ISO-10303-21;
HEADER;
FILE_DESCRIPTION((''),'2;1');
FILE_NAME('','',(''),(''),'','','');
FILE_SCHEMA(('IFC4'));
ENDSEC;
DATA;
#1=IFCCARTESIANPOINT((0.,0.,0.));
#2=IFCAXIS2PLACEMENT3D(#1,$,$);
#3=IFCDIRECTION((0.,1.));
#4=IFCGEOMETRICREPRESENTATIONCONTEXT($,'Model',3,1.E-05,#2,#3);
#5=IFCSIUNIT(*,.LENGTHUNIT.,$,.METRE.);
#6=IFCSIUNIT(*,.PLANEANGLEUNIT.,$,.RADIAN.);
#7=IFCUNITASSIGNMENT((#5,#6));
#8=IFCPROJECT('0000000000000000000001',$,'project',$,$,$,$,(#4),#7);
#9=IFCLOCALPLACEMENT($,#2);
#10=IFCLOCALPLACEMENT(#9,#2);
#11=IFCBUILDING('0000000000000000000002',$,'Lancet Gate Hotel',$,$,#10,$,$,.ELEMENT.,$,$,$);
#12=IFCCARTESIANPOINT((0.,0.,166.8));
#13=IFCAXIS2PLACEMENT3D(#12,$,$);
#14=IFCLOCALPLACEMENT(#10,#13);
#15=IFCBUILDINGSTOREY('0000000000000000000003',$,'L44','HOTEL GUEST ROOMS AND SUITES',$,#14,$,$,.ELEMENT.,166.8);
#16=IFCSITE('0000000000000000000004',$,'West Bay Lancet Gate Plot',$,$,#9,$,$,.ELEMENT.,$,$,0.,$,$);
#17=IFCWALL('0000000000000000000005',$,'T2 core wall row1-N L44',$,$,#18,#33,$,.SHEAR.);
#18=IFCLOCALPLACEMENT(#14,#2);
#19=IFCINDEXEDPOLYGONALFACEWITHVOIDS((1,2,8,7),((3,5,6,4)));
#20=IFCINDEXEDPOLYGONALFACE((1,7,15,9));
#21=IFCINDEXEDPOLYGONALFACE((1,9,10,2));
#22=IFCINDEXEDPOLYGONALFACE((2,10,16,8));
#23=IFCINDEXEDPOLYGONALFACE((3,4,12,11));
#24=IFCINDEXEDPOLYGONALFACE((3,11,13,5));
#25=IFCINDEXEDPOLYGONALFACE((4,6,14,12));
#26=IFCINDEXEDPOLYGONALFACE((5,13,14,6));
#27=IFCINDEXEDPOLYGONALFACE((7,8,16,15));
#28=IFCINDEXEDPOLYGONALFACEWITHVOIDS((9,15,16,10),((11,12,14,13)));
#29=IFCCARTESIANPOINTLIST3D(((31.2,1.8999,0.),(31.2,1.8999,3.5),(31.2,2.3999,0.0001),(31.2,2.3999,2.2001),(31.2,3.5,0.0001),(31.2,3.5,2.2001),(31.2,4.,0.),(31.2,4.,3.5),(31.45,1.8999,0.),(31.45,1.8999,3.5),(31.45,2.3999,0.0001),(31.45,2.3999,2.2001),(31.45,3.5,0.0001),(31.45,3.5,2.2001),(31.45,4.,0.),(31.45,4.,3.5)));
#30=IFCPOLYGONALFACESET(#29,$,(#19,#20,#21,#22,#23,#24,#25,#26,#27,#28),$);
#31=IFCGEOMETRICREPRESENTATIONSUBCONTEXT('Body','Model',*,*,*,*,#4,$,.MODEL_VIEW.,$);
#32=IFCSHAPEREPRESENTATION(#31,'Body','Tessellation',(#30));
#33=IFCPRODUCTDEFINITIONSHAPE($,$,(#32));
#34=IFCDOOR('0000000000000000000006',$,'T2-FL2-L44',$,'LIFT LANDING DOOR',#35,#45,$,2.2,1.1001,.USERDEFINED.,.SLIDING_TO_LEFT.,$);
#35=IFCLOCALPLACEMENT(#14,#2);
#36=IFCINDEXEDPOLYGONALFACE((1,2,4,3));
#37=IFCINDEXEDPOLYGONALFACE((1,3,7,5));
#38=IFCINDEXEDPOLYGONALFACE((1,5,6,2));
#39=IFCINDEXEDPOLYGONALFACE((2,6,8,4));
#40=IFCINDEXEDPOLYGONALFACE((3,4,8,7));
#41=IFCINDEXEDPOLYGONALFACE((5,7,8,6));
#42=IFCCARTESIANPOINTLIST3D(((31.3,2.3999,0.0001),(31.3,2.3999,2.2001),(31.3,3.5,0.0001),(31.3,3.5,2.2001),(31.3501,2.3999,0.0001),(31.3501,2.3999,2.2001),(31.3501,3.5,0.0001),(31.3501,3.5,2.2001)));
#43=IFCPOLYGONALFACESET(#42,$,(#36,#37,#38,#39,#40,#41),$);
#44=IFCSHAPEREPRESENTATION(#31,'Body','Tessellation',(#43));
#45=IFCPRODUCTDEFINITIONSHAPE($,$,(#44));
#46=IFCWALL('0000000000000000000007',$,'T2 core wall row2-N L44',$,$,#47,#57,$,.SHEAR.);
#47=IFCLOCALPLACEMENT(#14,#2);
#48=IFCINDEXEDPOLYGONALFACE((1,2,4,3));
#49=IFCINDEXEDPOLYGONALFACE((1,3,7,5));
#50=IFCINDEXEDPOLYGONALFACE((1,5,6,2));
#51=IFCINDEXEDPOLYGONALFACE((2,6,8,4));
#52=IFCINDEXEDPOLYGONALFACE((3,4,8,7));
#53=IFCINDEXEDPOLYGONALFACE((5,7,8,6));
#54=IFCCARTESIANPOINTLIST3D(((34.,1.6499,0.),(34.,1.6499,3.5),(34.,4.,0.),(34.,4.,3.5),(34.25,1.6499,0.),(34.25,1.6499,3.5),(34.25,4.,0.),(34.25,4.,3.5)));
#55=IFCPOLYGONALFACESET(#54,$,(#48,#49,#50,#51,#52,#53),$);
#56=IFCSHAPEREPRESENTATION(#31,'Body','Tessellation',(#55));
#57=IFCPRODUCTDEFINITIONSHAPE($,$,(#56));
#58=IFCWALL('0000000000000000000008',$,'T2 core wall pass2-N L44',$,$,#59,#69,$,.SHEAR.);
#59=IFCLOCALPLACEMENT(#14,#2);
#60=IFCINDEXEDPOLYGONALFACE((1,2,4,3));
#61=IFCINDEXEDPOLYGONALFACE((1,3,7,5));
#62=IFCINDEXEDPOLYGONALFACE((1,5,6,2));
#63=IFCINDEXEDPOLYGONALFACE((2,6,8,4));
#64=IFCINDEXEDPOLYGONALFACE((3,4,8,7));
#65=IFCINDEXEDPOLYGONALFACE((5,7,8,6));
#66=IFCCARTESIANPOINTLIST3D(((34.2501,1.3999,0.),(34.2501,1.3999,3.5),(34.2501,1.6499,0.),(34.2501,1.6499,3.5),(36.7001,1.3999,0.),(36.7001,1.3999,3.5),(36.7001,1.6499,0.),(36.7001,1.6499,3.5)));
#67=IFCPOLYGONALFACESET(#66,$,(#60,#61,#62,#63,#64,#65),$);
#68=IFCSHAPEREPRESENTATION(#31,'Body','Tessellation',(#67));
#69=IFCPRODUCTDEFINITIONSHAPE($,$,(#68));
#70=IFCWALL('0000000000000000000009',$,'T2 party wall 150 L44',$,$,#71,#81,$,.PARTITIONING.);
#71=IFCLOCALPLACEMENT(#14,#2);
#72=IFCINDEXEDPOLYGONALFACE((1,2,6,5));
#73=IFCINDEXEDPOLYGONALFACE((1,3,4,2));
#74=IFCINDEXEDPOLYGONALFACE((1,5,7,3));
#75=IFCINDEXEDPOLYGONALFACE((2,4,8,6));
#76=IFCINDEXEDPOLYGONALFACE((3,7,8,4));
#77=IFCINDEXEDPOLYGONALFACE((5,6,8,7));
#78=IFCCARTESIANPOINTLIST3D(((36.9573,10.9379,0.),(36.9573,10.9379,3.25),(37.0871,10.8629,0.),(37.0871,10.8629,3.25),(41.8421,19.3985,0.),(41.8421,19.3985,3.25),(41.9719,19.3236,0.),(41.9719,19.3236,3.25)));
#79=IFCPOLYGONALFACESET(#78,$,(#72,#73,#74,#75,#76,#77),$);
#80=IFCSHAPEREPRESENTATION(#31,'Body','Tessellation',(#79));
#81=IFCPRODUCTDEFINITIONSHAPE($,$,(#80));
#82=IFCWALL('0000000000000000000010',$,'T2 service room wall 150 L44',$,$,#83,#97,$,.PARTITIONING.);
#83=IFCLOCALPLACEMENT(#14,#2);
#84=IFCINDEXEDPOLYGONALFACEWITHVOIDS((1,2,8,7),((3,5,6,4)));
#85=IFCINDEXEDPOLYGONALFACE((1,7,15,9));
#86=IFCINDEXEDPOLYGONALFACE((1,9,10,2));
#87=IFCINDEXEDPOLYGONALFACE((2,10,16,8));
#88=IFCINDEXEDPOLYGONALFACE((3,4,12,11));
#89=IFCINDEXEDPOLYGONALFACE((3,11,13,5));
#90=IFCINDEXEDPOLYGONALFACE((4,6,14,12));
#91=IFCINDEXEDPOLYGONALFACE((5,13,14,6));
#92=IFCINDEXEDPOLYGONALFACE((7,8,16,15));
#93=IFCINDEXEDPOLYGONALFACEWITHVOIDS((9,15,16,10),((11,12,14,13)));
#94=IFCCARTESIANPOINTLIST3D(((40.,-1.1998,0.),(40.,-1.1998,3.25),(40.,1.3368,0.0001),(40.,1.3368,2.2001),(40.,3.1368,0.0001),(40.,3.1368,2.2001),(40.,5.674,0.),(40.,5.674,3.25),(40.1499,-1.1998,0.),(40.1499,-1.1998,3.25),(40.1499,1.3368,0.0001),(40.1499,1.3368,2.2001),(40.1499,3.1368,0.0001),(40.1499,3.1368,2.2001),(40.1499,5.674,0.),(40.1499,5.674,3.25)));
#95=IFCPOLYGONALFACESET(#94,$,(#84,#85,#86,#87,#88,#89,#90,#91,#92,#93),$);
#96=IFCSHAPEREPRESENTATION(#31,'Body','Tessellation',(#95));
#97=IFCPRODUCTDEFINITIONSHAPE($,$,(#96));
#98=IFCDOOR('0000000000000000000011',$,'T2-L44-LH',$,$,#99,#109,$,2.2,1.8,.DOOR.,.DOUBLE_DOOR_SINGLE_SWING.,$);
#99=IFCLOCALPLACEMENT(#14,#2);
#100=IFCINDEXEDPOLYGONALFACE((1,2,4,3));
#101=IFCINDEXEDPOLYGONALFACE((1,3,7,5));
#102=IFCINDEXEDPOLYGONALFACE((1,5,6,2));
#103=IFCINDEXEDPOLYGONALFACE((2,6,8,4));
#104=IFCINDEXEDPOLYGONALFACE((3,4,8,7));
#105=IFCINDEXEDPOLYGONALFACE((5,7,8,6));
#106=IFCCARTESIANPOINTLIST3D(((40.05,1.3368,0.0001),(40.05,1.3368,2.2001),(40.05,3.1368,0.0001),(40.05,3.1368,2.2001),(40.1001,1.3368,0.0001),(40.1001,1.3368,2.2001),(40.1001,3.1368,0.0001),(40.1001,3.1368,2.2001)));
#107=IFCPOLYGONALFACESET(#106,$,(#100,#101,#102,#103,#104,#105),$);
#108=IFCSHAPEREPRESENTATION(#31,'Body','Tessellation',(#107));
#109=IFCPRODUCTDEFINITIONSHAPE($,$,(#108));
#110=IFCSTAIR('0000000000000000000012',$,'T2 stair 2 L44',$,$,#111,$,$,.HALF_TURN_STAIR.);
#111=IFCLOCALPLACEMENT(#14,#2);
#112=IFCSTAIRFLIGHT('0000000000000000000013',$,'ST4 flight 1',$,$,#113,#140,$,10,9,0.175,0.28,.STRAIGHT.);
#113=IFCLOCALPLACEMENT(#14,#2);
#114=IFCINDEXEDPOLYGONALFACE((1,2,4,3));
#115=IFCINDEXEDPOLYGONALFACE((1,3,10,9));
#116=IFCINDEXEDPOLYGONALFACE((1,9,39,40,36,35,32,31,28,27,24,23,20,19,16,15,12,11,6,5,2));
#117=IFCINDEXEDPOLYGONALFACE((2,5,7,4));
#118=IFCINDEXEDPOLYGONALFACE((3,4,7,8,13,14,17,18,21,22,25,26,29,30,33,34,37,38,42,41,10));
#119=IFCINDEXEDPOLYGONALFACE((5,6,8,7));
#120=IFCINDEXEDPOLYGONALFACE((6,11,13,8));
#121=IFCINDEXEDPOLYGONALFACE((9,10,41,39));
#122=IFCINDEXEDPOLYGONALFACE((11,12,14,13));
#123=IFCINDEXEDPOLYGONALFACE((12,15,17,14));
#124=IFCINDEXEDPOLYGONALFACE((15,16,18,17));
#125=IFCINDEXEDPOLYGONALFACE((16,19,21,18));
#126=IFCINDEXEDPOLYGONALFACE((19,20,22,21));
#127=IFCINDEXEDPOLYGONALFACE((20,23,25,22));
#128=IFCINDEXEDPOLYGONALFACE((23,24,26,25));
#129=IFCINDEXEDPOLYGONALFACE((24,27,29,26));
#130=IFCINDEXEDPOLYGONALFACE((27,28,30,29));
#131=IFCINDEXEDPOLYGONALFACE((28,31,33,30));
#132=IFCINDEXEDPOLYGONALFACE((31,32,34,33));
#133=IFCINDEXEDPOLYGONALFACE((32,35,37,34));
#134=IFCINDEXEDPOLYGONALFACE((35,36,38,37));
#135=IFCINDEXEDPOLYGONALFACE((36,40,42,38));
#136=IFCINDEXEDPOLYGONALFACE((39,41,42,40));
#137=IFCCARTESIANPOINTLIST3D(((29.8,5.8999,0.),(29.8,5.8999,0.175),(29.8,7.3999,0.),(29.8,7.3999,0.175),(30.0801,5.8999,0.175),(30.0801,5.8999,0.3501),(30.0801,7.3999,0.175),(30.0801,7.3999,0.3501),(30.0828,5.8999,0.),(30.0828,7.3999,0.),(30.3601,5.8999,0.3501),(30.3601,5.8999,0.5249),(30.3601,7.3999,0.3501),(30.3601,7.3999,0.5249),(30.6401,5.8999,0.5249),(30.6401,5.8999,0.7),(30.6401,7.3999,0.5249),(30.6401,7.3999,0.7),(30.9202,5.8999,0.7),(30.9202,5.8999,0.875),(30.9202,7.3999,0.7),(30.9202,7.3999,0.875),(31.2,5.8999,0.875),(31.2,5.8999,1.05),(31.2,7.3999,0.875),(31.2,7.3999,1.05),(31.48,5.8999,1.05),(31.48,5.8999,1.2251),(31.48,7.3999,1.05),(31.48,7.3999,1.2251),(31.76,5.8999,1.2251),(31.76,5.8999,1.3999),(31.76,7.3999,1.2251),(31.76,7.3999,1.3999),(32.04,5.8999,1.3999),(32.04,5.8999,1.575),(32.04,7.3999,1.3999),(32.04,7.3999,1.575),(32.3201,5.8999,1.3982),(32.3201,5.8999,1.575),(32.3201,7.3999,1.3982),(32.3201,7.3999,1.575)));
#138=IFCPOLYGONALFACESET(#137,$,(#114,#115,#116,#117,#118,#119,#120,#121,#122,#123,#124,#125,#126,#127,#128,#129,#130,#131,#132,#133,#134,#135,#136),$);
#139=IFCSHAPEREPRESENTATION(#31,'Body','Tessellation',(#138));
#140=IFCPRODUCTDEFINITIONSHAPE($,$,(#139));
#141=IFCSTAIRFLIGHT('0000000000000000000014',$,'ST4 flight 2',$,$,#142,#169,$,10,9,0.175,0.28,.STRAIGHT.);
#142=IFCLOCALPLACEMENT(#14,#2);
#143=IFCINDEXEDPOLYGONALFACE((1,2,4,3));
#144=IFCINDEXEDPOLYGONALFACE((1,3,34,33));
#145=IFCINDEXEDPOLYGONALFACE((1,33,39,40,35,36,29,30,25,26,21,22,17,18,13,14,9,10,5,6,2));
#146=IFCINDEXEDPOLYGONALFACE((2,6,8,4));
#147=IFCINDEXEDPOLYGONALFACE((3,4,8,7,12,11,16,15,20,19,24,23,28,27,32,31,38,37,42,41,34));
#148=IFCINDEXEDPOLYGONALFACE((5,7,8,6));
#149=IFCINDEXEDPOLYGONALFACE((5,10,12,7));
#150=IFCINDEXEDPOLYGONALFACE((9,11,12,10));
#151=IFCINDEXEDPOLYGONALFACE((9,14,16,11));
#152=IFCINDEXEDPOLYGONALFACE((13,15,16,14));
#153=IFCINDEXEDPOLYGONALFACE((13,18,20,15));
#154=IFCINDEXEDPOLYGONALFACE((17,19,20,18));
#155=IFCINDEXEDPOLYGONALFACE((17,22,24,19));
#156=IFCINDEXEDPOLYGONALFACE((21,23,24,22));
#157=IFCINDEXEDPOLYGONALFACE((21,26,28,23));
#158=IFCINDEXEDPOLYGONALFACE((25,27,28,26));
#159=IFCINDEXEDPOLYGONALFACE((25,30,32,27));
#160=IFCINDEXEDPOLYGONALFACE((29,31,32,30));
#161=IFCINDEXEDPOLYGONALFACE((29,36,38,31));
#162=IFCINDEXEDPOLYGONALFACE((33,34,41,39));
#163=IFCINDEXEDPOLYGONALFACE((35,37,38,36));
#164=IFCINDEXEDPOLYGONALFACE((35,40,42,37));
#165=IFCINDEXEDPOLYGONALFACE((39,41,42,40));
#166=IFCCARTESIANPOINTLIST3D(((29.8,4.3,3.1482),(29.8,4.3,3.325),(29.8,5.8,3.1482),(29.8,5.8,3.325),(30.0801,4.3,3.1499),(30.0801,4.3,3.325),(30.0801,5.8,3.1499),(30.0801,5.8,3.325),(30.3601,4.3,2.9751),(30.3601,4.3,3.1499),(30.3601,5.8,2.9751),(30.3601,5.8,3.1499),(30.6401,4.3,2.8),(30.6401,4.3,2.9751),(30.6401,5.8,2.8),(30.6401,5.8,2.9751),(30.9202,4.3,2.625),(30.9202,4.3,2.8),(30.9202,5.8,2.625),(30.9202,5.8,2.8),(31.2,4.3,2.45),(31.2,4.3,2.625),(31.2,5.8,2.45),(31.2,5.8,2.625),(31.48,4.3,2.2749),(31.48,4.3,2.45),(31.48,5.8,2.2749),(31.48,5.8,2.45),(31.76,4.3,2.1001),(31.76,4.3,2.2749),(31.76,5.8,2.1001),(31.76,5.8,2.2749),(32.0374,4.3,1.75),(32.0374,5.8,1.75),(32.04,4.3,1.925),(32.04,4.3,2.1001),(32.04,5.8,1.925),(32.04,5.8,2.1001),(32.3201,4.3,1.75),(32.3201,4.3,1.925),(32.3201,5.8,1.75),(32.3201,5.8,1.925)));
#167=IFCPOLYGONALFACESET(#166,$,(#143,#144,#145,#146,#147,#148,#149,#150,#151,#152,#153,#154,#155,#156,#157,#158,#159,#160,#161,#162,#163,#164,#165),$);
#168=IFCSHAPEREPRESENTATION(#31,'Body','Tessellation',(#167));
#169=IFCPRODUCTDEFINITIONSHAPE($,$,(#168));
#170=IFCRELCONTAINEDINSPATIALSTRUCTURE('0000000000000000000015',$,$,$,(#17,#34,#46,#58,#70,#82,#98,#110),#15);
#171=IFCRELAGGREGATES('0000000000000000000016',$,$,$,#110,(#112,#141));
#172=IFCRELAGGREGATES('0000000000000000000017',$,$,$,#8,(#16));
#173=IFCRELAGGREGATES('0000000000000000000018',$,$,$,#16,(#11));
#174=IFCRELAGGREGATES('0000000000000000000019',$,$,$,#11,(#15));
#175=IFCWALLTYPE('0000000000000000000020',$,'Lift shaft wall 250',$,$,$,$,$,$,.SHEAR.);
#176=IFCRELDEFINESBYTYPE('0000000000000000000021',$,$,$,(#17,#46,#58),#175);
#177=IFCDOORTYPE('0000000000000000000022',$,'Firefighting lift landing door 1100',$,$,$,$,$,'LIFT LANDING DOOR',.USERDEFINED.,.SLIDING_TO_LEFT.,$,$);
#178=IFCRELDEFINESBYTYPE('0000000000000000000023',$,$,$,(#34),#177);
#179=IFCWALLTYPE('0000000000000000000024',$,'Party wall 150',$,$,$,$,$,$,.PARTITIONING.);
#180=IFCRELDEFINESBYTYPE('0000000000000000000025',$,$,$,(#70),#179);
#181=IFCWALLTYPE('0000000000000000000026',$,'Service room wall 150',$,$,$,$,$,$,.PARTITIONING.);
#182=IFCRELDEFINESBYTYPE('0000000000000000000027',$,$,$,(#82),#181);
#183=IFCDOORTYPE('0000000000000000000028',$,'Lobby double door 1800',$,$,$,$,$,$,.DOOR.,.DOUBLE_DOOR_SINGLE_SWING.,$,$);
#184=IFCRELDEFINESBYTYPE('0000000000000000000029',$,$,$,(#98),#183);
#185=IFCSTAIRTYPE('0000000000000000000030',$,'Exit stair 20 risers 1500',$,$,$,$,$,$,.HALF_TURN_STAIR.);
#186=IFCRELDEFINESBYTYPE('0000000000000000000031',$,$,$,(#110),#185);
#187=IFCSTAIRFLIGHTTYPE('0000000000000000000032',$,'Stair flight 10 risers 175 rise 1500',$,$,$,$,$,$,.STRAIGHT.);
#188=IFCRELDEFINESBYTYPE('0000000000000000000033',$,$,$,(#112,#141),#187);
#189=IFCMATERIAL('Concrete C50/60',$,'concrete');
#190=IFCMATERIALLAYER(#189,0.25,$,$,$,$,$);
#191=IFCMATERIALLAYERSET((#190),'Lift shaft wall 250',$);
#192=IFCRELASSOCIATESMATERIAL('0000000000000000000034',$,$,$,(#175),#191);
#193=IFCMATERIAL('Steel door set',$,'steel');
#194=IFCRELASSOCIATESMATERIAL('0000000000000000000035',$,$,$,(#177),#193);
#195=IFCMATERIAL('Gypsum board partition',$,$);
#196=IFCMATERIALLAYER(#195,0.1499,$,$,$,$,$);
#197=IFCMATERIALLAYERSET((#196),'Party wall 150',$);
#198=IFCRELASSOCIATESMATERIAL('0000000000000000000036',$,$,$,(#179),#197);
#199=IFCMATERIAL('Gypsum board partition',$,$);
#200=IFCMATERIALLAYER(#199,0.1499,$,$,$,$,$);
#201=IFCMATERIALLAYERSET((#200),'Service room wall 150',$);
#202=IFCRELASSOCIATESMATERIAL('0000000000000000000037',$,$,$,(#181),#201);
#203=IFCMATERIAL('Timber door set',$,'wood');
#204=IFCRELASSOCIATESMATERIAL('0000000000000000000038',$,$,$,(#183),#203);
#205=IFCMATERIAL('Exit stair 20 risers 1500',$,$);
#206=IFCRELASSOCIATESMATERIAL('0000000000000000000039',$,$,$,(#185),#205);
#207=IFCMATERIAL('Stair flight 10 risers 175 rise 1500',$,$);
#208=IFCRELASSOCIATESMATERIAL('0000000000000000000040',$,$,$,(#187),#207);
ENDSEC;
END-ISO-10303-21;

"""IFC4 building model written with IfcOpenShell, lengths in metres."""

from ifc_helpers import new_model, si_unit, direction, frame, frame_2d, origin, place, context, subcontext, project, spatial, polyline, rectangle, outline, extrude, material, layer, layer_set, type_object, element, fill, aggregate, save


model = new_model("IFC4")

# Units and contexts
model_context = context("Model", 3, precision=1e-05, world=origin(), true_north=direction((0.0, 1.0)))
body_context = subcontext(model_context, "Body", "Model", "MODEL_VIEW")
ifc_project = project(units=[si_unit("LENGTHUNIT", "METRE"), si_unit("PLANEANGLEUNIT", "RADIAN")], contexts=[model_context])

# Site, building, storey
site_placement = place(None, origin())
site = spatial("IfcSite", under=ifc_project, at=site_placement, Name="West Bay Lancet Gate Plot", CompositionType="ELEMENT", RefElevation=0.0)
building_placement = place(site_placement, origin())
building = spatial("IfcBuilding", under=site, at=building_placement, Name="Lancet Gate Hotel", CompositionType="ELEMENT")
storey_placement = place(building_placement, frame((0.0, 0.0, 166.8)))
storey = spatial("IfcBuildingStorey", under=building, at=storey_placement, Name="L44", Description="HOTEL GUEST ROOMS AND SUITES", CompositionType="ELEMENT", Elevation=166.8)

# Wall, opening, door
ifc_material_1 = material(Name="Concrete C50/60", Category="concrete")
ifc_layer_1 = layer(ifc_material_1, 0.25)
ifc_layer_set_1 = layer_set([ifc_layer_1], Name="Lift shaft wall 250")
wall_type_1 = type_object("IfcWallType", Name="Lift shaft wall 250", PredefinedType="SHEAR", material=ifc_layer_set_1)
wall_1_placement = place(storey_placement, frame((31.325, 1.8999, 0.0), z_axis=(0.0, 0.0, 1.0), x_axis=(0.0, 1.0, 0.0)))
wall_1 = element("IfcWall", 1, at=wall_1_placement, inside=storey, type_object=wall_type_1, Name="T2 core wall row1-N L44", PredefinedType="SHEAR", context=body_context, shape_type="SweptSolid", body=[
    extrude(rectangle(XDim=2.1001, YDim=0.25, at=frame_2d((1.05, 0.0))), origin(), (0.0, 0.0, 1.0), 3.5),
])
opening_1_placement = place(wall_1_placement, frame((0.5, 0.0, 0.0)))
opening_1 = element("IfcOpeningElement", 2, at=opening_1_placement, cuts=wall_1, PredefinedType="OPENING", context=body_context, shape_type="SweptSolid", body=[
    extrude(rectangle(XDim=1.1001, YDim=2.2, at=frame_2d((0.55, 1.1001))), frame((0.0, 0.135, 0.0), z_axis=(0.0, -1.0, 0.0), x_axis=(1.0, 0.0, 0.0)), (0.0, 0.0, 1.0), 0.27),
])
ifc_material_2 = material(Name="Steel door set", Category="steel")
door_type_1 = type_object("IfcDoorType", Name="Firefighting lift landing door 1100", ElementType="LIFT LANDING DOOR", OperationType="SLIDING_TO_LEFT", PredefinedType="USERDEFINED", material=ifc_material_2)
door_1_placement = place(opening_1_placement, origin())
door_1 = element("IfcDoor", 3, at=door_1_placement, inside=storey, type_object=door_type_1, Name="T2-FL2-L44", ObjectType="LIFT LANDING DOOR", OperationType="SLIDING_TO_LEFT", OverallHeight=2.2, OverallWidth=1.1001, PredefinedType="USERDEFINED", context=body_context, shape_type="SweptSolid", body=[
    extrude(rectangle(XDim=1.1001, YDim=2.2, at=frame_2d((0.55, 1.1001))), frame((0.0, 0.0249, 0.0), z_axis=(0.0, -1.0, 0.0), x_axis=(1.0, 0.0, 0.0)), (0.0, 0.0, 1.0), 0.05),
])
fill(opening_1, door_1)

# Walls
wall_2_placement = place(storey_placement, frame((34.125, 1.6499, 0.0), z_axis=(0.0, 0.0, 1.0), x_axis=(0.0, 1.0, 0.0)))
element("IfcWall", 4, at=wall_2_placement, inside=storey, type_object=wall_type_1, Name="T2 core wall row2-N L44", PredefinedType="SHEAR", context=body_context, shape_type="SweptSolid", body=[
    extrude(rectangle(XDim=2.3501, YDim=0.25, at=frame_2d((1.175, 0.0))), origin(), (0.0, 0.0, 1.0), 3.5),
])
wall_3_placement = place(storey_placement, frame((34.25, 1.5249, 0.0), z_axis=(0.0, 0.0, 1.0), x_axis=(1.0, 0.0, 0.0)))
element("IfcWall", 5, at=wall_3_placement, inside=storey, type_object=wall_type_1, Name="T2 core wall pass2-N L44", PredefinedType="SHEAR", context=body_context, shape_type="SweptSolid", body=[
    extrude(rectangle(XDim=2.45, YDim=0.25, at=frame_2d((1.2251, 0.0))), origin(), (0.0, 0.0, 1.0), 3.5),
])
ifc_material_3 = material(Name="Gypsum board partition")
ifc_layer_2 = layer(ifc_material_3, 0.1499)
ifc_layer_set_2 = layer_set([ifc_layer_2], Name="Party wall 150")
wall_type_2 = type_object("IfcWallType", Name="Party wall 150", PredefinedType="PARTITIONING", material=ifc_layer_set_2)
wall_4_placement = place(storey_placement, frame((37.0222, 10.9004, 0.0), z_axis=(0.0, 0.0, 1.0), x_axis=(0.499999, 0.866026, 0.0)))
element("IfcWall", 6, at=wall_4_placement, inside=storey, type_object=wall_type_2, Name="T2 party wall 150 L44", PredefinedType="PARTITIONING", context=body_context, shape_type="SweptSolid", body=[
    extrude(rectangle(XDim=9.7695, YDim=0.1499, at=frame_2d((4.8848, 0.0))), origin(), (0.0, 0.0, 1.0), 3.25),
])

# Wall, opening, door
ifc_material_4 = material(Name="Gypsum board partition")
ifc_layer_3 = layer(ifc_material_4, 0.1499)
ifc_layer_set_3 = layer_set([ifc_layer_3], Name="Service room wall 150")
wall_type_3 = type_object("IfcWallType", Name="Service room wall 150", PredefinedType="PARTITIONING", material=ifc_layer_set_3)
wall_5_placement = place(storey_placement, frame((40.075, -1.2, 0.0), z_axis=(0.0, 0.0, 1.0), x_axis=(0.0, 1.0, 0.0)))
wall_5 = element("IfcWall", 7, at=wall_5_placement, inside=storey, type_object=wall_type_3, Name="T2 service room wall 150 L44", PredefinedType="PARTITIONING", context=body_context, shape_type="SweptSolid", body=[
    extrude(rectangle(XDim=6.8738, YDim=0.1499, at=frame_2d((3.437, 0.0))), origin(), (0.0, 0.0, 1.0), 3.25),
])
opening_2_placement = place(wall_5_placement, frame((2.5369, 0.0, 0.0)))
opening_2 = element("IfcOpeningElement", 8, at=opening_2_placement, cuts=wall_5, PredefinedType="OPENING", context=body_context, shape_type="SweptSolid", body=[
    extrude(rectangle(XDim=1.8, YDim=2.2, at=frame_2d((0.8999, 1.1001))), frame((0.0, 0.085, 0.0), z_axis=(0.0, -1.0, 0.0), x_axis=(1.0, 0.0, 0.0)), (0.0, 0.0, 1.0), 0.1699),
])
ifc_material_5 = material(Name="Timber door set", Category="wood")
door_type_2 = type_object("IfcDoorType", Name="Lobby double door 1800", OperationType="DOUBLE_DOOR_SINGLE_SWING", PredefinedType="DOOR", material=ifc_material_5)
door_2_placement = place(opening_2_placement, origin())
door_2 = element("IfcDoor", 9, at=door_2_placement, inside=storey, type_object=door_type_2, Name="T2-L44-LH", OperationType="DOUBLE_DOOR_SINGLE_SWING", OverallHeight=2.2, OverallWidth=1.8, PredefinedType="DOOR", context=body_context, shape_type="SweptSolid", body=[
    extrude(rectangle(XDim=1.8, YDim=2.2, at=frame_2d((0.8999, 1.1001))), frame((0.0, 0.0249, 0.0), z_axis=(0.0, -1.0, 0.0), x_axis=(1.0, 0.0, 0.0)), (0.0, 0.0, 1.0), 0.05),
])
fill(opening_2, door_2)

# Stair, stair flights
ifc_material_6 = material(Name="Exit stair 20 risers 1500")
stair_type = type_object("IfcStairType", Name="Exit stair 20 risers 1500", PredefinedType="HALF_TURN_STAIR", material=ifc_material_6)
stair_placement = place(storey_placement, origin())
stair = element("IfcStair", 10, at=stair_placement, inside=storey, type_object=stair_type, Name="T2 stair 2 L44", PredefinedType="HALF_TURN_STAIR")
ifc_material_7 = material(Name="Stair flight 10 risers 175 rise 1500")
stair_flight_type = type_object("IfcStairFlightType", Name="Stair flight 10 risers 175 rise 1500", PredefinedType="STRAIGHT", material=ifc_material_7)
stair_flight_1_placement = place(storey_placement, frame((29.8, 6.6499, 0.0), z_axis=(0.0, 0.0, 1.0), x_axis=(1.0, 0.0, 0.0)))
stair_flight_1 = element("IfcStairFlight", 11, at=stair_flight_1_placement, type_object=stair_flight_type, Name="ST4 flight 1", NumberOfRisers=10, NumberOfTreads=9, PredefinedType="STRAIGHT", RiserHeight=0.175, TreadLength=0.28, context=body_context, shape_type="SweptSolid", body=[
    extrude(outline(polyline([(0.0, 0.0), (0.0, 0.175), (0.28, 0.175), (0.28, 0.3501), (0.5601, 0.3501), (0.5601, 0.5249), (0.8401, 0.5249), (0.8401, 0.7), (1.1201, 0.7), (1.1201, 0.875), (1.3999, 0.875), (1.3999, 1.05), (1.6799, 1.05), (1.6799, 1.2251), (1.96, 1.2251), (1.96, 1.3999), (2.24, 1.3999), (2.24, 1.575), (2.52, 1.575), (2.52, 1.75), (2.52, 1.3982), (0.2827, 0.0), (0.0, 0.0)])), frame((0.0, 0.75, 0.0), z_axis=(0.0, -1.0, 0.0), x_axis=(1.0, 0.0, 0.0)), (0.0, 0.0, 1.0), 1.5),
])
stair_flight_2_placement = place(storey_placement, frame((32.3201, 5.05, 1.75), z_axis=(0.0, 0.0, 1.0), x_axis=(-1.0, 0.0, 0.0)))
stair_flight_2 = element("IfcStairFlight", 12, at=stair_flight_2_placement, type_object=stair_flight_type, Name="ST4 flight 2", NumberOfRisers=10, NumberOfTreads=9, PredefinedType="STRAIGHT", RiserHeight=0.175, TreadLength=0.28, context=body_context, shape_type="SweptSolid", body=[
    extrude(outline(polyline([(0.0, 0.0), (0.0, 0.175), (0.28, 0.175), (0.28, 0.3501), (0.5601, 0.3501), (0.5601, 0.5249), (0.8401, 0.5249), (0.8401, 0.7), (1.1201, 0.7), (1.1201, 0.875), (1.3999, 0.875), (1.3999, 1.05), (1.6799, 1.05), (1.6799, 1.2251), (1.96, 1.2251), (1.96, 1.3999), (2.24, 1.3999), (2.24, 1.575), (2.52, 1.575), (2.52, 1.75), (2.52, 1.3982), (0.2827, 0.0), (0.0, 0.0)])), frame((0.0, 0.75, 0.0), z_axis=(0.0, -1.0, 0.0), x_axis=(1.0, 0.0, 0.0)), (0.0, 0.0, 1.0), 1.5),
])
aggregate(stair, [stair_flight_1, stair_flight_2])

save(model, "model.ifc")
